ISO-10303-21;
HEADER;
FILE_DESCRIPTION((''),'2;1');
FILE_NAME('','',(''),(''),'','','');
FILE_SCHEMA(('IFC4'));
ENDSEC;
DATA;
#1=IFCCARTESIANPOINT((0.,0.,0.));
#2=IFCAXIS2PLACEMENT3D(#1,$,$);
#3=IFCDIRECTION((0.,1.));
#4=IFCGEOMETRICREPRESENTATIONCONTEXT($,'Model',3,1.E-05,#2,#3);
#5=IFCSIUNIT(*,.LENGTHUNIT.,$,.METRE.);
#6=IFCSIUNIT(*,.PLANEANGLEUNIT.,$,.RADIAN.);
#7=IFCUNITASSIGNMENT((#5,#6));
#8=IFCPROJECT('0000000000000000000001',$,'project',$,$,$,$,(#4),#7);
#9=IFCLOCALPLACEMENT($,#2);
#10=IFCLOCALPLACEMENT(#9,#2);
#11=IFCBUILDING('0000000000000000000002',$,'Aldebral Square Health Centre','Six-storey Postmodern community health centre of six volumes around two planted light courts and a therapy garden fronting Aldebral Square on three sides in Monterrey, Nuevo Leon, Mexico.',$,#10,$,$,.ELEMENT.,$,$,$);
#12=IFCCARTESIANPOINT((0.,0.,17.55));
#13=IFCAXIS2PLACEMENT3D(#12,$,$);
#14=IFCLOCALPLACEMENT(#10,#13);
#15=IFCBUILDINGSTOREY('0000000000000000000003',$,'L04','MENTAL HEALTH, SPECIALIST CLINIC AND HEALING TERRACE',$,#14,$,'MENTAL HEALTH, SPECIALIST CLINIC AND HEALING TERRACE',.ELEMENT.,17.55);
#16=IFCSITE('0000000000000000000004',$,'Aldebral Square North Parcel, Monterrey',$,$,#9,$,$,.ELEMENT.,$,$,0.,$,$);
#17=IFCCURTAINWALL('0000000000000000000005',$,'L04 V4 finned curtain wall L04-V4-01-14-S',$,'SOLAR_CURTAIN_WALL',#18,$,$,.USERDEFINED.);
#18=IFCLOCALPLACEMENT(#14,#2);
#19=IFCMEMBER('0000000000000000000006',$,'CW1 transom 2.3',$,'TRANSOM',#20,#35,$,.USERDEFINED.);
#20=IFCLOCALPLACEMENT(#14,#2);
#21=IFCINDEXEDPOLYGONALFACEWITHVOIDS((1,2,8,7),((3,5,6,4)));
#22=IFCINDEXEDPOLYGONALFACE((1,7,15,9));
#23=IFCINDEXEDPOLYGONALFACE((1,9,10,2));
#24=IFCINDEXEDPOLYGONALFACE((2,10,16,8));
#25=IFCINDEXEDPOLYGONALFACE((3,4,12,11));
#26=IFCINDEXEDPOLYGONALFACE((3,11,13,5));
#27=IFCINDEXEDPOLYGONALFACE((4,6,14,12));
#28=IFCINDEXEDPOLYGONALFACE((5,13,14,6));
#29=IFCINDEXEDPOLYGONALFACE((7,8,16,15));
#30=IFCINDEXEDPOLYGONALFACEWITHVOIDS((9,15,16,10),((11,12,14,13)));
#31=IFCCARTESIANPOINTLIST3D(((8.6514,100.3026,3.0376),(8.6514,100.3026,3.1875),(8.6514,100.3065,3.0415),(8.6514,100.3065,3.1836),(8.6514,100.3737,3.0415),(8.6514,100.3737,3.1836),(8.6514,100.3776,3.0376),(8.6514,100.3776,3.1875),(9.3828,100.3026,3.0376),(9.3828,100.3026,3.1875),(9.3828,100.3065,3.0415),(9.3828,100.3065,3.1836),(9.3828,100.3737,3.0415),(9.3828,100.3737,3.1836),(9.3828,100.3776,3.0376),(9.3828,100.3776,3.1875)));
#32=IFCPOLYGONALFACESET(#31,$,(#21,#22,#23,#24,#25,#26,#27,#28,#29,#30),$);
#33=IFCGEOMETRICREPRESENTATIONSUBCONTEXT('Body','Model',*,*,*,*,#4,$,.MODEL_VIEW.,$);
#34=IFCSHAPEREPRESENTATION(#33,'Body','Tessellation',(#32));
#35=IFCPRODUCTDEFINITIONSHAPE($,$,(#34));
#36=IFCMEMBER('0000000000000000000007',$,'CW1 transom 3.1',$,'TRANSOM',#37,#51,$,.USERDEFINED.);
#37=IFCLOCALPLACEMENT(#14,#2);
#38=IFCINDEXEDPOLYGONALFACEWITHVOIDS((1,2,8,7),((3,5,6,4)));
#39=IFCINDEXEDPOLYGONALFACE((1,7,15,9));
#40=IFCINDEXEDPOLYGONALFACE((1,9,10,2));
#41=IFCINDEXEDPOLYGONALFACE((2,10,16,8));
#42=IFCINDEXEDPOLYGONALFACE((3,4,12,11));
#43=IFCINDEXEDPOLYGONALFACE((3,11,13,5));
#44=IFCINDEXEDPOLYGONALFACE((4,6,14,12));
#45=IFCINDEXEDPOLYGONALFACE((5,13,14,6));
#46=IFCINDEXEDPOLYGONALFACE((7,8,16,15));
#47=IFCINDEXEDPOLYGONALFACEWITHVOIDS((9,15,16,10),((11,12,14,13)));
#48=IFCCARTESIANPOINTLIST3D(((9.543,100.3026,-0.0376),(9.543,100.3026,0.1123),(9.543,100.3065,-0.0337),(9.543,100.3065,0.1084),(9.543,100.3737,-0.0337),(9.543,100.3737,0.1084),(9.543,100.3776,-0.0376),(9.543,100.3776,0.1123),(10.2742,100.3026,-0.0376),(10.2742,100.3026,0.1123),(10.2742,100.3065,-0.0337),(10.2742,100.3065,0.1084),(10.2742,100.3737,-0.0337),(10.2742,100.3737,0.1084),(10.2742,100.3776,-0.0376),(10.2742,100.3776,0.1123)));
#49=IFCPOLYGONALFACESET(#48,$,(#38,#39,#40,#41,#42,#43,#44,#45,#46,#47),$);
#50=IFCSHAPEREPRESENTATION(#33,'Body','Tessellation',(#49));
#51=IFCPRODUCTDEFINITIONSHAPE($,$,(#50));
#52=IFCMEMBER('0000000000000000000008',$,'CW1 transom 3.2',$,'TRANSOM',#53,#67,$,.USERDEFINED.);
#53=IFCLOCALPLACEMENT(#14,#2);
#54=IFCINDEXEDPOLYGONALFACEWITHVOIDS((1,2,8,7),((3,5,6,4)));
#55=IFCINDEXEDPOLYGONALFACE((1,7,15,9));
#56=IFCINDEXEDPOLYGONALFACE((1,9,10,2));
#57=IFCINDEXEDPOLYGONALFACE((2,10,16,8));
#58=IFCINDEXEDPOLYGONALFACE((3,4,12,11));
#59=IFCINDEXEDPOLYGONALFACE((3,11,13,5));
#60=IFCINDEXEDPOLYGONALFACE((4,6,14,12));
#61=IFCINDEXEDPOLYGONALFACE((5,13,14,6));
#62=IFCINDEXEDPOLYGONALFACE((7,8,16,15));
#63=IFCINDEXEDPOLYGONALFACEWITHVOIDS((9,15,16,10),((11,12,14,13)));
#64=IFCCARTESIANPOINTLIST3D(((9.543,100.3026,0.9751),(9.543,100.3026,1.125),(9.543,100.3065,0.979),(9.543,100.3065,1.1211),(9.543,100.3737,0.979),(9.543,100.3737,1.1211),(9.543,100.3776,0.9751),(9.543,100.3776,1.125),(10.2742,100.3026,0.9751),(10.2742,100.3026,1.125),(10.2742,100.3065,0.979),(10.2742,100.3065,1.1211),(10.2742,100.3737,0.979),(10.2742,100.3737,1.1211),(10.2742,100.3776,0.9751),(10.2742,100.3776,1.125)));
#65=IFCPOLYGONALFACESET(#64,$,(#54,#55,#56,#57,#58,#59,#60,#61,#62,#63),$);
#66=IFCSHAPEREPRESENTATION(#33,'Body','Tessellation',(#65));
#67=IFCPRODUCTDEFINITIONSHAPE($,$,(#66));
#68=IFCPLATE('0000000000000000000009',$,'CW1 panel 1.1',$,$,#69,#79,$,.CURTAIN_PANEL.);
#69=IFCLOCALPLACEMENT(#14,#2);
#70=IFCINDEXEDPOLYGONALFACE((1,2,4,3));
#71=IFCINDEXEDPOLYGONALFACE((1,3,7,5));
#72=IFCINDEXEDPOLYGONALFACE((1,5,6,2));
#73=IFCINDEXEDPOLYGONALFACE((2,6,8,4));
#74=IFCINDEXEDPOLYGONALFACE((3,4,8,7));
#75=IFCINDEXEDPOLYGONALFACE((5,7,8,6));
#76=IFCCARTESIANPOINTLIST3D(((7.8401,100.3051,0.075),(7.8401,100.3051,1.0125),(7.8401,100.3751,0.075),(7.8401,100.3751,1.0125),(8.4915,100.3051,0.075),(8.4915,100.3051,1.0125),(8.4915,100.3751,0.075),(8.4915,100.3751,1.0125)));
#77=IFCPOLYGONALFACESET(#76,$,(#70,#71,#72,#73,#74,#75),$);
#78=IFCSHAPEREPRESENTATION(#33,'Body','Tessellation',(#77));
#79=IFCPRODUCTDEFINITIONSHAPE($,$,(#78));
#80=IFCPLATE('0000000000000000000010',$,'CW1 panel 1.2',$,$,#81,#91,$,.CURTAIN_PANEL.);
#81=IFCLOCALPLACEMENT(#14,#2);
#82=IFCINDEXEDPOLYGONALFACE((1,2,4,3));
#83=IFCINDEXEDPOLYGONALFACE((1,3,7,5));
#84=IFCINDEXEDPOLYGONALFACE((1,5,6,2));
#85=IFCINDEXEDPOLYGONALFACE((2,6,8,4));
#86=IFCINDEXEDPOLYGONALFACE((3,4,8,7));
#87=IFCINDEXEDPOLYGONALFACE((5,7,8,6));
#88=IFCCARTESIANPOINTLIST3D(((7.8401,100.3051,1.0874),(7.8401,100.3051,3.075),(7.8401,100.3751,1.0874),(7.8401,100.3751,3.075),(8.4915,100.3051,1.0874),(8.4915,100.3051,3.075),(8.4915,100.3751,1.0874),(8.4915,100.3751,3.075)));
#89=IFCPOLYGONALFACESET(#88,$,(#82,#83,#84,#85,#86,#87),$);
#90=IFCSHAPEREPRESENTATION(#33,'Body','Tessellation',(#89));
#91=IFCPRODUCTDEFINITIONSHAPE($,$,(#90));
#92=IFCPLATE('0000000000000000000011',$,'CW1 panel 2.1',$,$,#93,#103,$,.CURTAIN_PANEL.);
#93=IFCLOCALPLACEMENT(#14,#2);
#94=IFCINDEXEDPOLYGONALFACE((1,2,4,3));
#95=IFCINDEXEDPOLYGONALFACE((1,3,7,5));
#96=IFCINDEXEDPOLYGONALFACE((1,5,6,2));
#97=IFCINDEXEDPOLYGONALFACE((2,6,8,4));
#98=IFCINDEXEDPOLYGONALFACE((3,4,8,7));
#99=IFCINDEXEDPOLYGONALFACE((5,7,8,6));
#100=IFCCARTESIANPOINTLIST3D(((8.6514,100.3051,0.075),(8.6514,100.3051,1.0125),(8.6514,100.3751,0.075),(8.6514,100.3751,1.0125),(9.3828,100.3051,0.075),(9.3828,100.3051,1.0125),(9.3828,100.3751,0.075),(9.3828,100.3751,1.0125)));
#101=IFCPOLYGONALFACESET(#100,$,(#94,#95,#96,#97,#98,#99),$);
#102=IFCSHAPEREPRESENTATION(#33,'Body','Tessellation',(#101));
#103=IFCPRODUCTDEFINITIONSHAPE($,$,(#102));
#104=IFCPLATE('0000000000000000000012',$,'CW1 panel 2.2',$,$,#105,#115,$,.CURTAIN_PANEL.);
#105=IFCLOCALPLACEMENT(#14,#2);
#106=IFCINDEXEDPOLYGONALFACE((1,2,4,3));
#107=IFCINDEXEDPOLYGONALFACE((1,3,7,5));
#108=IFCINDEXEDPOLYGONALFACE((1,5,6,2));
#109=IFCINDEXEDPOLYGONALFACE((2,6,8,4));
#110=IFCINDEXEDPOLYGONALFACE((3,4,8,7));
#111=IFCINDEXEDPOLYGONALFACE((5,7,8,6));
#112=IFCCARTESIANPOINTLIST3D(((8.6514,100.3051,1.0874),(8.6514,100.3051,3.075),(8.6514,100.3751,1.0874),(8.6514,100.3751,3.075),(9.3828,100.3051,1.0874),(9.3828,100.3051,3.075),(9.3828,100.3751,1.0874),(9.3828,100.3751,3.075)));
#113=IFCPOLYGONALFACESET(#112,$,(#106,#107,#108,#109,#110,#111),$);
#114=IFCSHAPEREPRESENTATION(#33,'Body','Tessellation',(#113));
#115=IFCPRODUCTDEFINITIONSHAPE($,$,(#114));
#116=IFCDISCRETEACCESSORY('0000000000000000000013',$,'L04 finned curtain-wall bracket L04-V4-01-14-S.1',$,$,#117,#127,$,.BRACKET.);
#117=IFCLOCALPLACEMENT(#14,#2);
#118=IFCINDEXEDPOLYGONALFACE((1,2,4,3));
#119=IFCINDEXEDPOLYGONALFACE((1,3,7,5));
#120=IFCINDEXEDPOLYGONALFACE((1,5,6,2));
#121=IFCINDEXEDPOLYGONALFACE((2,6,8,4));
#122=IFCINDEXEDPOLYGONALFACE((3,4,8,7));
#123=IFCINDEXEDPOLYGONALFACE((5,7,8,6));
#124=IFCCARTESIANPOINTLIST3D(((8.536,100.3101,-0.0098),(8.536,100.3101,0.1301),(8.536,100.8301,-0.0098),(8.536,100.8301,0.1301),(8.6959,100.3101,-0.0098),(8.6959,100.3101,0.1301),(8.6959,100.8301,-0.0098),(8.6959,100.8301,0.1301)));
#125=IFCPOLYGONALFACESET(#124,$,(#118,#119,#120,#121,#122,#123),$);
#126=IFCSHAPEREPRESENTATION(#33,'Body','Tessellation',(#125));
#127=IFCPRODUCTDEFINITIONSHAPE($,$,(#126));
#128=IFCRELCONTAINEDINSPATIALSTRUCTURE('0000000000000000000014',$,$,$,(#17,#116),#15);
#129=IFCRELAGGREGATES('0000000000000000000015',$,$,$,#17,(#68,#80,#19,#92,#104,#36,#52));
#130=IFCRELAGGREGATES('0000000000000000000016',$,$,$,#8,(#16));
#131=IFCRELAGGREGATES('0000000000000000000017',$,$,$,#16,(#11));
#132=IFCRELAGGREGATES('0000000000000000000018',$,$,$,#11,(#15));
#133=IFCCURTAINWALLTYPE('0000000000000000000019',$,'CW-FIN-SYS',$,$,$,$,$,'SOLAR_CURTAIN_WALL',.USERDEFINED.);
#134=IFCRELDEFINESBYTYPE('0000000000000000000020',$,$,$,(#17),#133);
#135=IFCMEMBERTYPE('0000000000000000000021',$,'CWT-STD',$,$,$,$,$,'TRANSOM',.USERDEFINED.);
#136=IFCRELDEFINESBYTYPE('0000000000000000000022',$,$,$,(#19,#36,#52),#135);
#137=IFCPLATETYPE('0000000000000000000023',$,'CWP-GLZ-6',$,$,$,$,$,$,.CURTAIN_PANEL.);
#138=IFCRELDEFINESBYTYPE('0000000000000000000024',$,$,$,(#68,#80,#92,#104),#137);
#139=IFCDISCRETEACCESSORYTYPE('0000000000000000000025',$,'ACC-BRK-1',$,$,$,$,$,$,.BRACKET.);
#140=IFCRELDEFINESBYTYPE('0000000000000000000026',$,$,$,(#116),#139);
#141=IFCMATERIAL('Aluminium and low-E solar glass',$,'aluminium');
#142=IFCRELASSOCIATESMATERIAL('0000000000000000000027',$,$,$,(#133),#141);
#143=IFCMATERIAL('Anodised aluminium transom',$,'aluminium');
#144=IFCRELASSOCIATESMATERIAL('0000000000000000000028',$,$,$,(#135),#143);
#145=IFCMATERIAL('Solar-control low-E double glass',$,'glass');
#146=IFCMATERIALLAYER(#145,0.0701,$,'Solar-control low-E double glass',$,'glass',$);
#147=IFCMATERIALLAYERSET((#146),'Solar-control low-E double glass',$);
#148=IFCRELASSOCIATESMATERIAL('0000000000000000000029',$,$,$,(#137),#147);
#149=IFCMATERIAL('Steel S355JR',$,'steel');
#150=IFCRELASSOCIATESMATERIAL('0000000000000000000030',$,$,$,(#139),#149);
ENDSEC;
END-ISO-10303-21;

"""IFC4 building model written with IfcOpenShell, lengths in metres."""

from ifc_helpers import new_model, si_unit, direction, frame, origin, origin_2d, place, context, subcontext, project, spatial, rectangle, hollow_rectangle, extrude, material, layer, layer_set, material_profile, profile_set, type_object, element, aggregate, save


model = new_model("IFC4")

# Units and contexts
model_context = context("Model", 3, precision=1e-05, world=origin(), true_north=direction((0.0, 1.0)))
body_context = subcontext(model_context, "Body", "Model", "MODEL_VIEW")
ifc_project = project(units=[si_unit("LENGTHUNIT", "METRE"), si_unit("PLANEANGLEUNIT", "RADIAN")], contexts=[model_context])

# Site, building, storey
site_placement = place(None, origin())
site = spatial("IfcSite", under=ifc_project, at=site_placement, Name="Aldebral Square North Parcel, Monterrey", CompositionType="ELEMENT", RefElevation=0.0)
building_placement = place(site_placement, origin())
building = spatial("IfcBuilding", under=site, at=building_placement, Name="Aldebral Square Health Centre", Description="Six-storey Postmodern community health centre of six volumes around two planted light courts and a therapy garden fronting Aldebral Square on three sides in Monterrey, Nuevo Leon, Mexico.", CompositionType="ELEMENT")
storey_placement = place(building_placement, frame((0.0, 0.0, 17.55)))
storey = spatial("IfcBuildingStorey", under=building, at=storey_placement, Name="L04", Description="MENTAL HEALTH, SPECIALIST CLINIC AND HEALING TERRACE", LongName="MENTAL HEALTH, SPECIALIST CLINIC AND HEALING TERRACE", CompositionType="ELEMENT", Elevation=17.55)

# Curtain wall, members, plates
ifc_material_1 = material(Name="Aluminium and low-E solar glass", Category="aluminium")
curtain_wall_type = type_object("IfcCurtainWallType", Name="CW-FIN-SYS", ElementType="SOLAR_CURTAIN_WALL", PredefinedType="USERDEFINED", material=ifc_material_1)
curtain_wall_placement = place(storey_placement, origin())
curtain_wall = element("IfcCurtainWall", 1, at=curtain_wall_placement, inside=storey, type_object=curtain_wall_type, Name="L04 V4 finned curtain wall L04-V4-01-14-S", ObjectType="SOLAR_CURTAIN_WALL", PredefinedType="USERDEFINED")
ifc_material_2 = material(Name="Anodised aluminium transom", Category="aluminium")
ifc_material_profile_1 = material_profile(ifc_material_2, hollow_rectangle(XDim=0.075, YDim=0.1499, WallThickness=0.0039, at=origin_2d()), Name="CWT 75x150x4")
ifc_profile_set_1 = profile_set([ifc_material_profile_1], Name="Anodised aluminium transom")
member_type_1 = type_object("IfcMemberType", Name="CWT-STD", ElementType="TRANSOM", PredefinedType="USERDEFINED", material=ifc_profile_set_1)
member_1_placement = place(storey_placement, frame((8.6514, 100.3401, 3.1125), z_axis=(1.0, 0.0, 0.0), x_axis=(0.0, 1.0, 0.0)))
member_1 = element("IfcMember", 2, at=member_1_placement, type_object=member_type_1, Name="CW1 transom 2.3", ObjectType="TRANSOM", PredefinedType="USERDEFINED", context=body_context, shape_type="SweptSolid", body=[
    extrude(hollow_rectangle(XDim=0.075, YDim=0.1499, WallThickness=0.0039, at=origin_2d()), origin(), (0.0, 0.0, 1.0), 0.7314),
])
member_2_placement = place(storey_placement, frame((9.543, 100.3401, 0.0374), z_axis=(1.0, 0.0, 0.0), x_axis=(0.0, 1.0, 0.0)))
member_2 = element("IfcMember", 3, at=member_2_placement, type_object=member_type_1, Name="CW1 transom 3.1", ObjectType="TRANSOM", PredefinedType="USERDEFINED", context=body_context, shape_type="SweptSolid", body=[
    extrude(hollow_rectangle(XDim=0.075, YDim=0.1499, WallThickness=0.0039, at=origin_2d()), origin(), (0.0, 0.0, 1.0), 0.7312),
])
member_3_placement = place(storey_placement, frame((9.543, 100.3401, 1.05), z_axis=(1.0, 0.0, 0.0), x_axis=(0.0, 1.0, 0.0)))
member_3 = element("IfcMember", 4, at=member_3_placement, type_object=member_type_1, Name="CW1 transom 3.2", ObjectType="TRANSOM", PredefinedType="USERDEFINED", context=body_context, shape_type="SweptSolid", body=[
    extrude(hollow_rectangle(XDim=0.075, YDim=0.1499, WallThickness=0.0039, at=origin_2d()), origin(), (0.0, 0.0, 1.0), 0.7312),
])
ifc_material_3 = material(Name="Solar-control low-E double glass", Category="glass")
ifc_layer_1 = layer(ifc_material_3, 0.0701, Name="Solar-control low-E double glass", Category="glass")
ifc_layer_set_1 = layer_set([ifc_layer_1], Name="Solar-control low-E double glass")
plate_type = type_object("IfcPlateType", Name="CWP-GLZ-6", PredefinedType="CURTAIN_PANEL", material=ifc_layer_set_1)
plate_1_placement = place(storey_placement, frame((8.1658, 100.3401, 0.075), z_axis=(0.0, 0.0, 1.0), x_axis=(1.0, 0.0, 0.0)))
plate_1 = element("IfcPlate", 5, at=plate_1_placement, type_object=plate_type, Name="CW1 panel 1.1", PredefinedType="CURTAIN_PANEL", context=body_context, shape_type="SweptSolid", body=[
    extrude(rectangle(XDim=0.6514, YDim=0.0701, at=origin_2d()), origin(), (0.0, 0.0, 1.0), 0.9375),
])
plate_2_placement = place(storey_placement, frame((8.1658, 100.3401, 1.0874), z_axis=(0.0, 0.0, 1.0), x_axis=(1.0, 0.0, 0.0)))
plate_2 = element("IfcPlate", 6, at=plate_2_placement, type_object=plate_type, Name="CW1 panel 1.2", PredefinedType="CURTAIN_PANEL", context=body_context, shape_type="SweptSolid", body=[
    extrude(rectangle(XDim=0.6514, YDim=0.0701, at=origin_2d()), origin(), (0.0, 0.0, 1.0), 1.9875),
])
plate_3_placement = place(storey_placement, frame((9.0171, 100.3401, 0.075), z_axis=(0.0, 0.0, 1.0), x_axis=(1.0, 0.0, 0.0)))
plate_3 = element("IfcPlate", 7, at=plate_3_placement, type_object=plate_type, Name="CW1 panel 2.1", PredefinedType="CURTAIN_PANEL", context=body_context, shape_type="SweptSolid", body=[
    extrude(rectangle(XDim=0.7314, YDim=0.0701, at=origin_2d()), origin(), (0.0, 0.0, 1.0), 0.9375),
])
plate_4_placement = place(storey_placement, frame((9.0171, 100.3401, 1.0874), z_axis=(0.0, 0.0, 1.0), x_axis=(1.0, 0.0, 0.0)))
plate_4 = element("IfcPlate", 8, at=plate_4_placement, type_object=plate_type, Name="CW1 panel 2.2", PredefinedType="CURTAIN_PANEL", context=body_context, shape_type="SweptSolid", body=[
    extrude(rectangle(XDim=0.7314, YDim=0.0701, at=origin_2d()), origin(), (0.0, 0.0, 1.0), 1.9875),
])
aggregate(curtain_wall, [plate_1, plate_2, member_1, plate_3, plate_4, member_2, member_3])

# Discrete accessory
ifc_material_4 = material(Name="Steel S355JR", Category="steel")
discrete_accessory_type = type_object("IfcDiscreteAccessoryType", Name="ACC-BRK-1", PredefinedType="BRACKET", material=ifc_material_4)
discrete_accessory_placement = place(storey_placement, frame((8.616, 100.5701, -0.0098), z_axis=(0.0, 0.0, 1.0), x_axis=(1.0, 0.0, 0.0)))
element("IfcDiscreteAccessory", 9, at=discrete_accessory_placement, inside=storey, type_object=discrete_accessory_type, Name="L04 finned curtain-wall bracket L04-V4-01-14-S.1", PredefinedType="BRACKET", context=body_context, shape_type="SweptSolid", body=[
    extrude(rectangle(XDim=0.1599, YDim=0.52, at=origin_2d()), origin(), (0.0, 0.0, 1.0), 0.1399),
])

save(model, "model.ifc")
